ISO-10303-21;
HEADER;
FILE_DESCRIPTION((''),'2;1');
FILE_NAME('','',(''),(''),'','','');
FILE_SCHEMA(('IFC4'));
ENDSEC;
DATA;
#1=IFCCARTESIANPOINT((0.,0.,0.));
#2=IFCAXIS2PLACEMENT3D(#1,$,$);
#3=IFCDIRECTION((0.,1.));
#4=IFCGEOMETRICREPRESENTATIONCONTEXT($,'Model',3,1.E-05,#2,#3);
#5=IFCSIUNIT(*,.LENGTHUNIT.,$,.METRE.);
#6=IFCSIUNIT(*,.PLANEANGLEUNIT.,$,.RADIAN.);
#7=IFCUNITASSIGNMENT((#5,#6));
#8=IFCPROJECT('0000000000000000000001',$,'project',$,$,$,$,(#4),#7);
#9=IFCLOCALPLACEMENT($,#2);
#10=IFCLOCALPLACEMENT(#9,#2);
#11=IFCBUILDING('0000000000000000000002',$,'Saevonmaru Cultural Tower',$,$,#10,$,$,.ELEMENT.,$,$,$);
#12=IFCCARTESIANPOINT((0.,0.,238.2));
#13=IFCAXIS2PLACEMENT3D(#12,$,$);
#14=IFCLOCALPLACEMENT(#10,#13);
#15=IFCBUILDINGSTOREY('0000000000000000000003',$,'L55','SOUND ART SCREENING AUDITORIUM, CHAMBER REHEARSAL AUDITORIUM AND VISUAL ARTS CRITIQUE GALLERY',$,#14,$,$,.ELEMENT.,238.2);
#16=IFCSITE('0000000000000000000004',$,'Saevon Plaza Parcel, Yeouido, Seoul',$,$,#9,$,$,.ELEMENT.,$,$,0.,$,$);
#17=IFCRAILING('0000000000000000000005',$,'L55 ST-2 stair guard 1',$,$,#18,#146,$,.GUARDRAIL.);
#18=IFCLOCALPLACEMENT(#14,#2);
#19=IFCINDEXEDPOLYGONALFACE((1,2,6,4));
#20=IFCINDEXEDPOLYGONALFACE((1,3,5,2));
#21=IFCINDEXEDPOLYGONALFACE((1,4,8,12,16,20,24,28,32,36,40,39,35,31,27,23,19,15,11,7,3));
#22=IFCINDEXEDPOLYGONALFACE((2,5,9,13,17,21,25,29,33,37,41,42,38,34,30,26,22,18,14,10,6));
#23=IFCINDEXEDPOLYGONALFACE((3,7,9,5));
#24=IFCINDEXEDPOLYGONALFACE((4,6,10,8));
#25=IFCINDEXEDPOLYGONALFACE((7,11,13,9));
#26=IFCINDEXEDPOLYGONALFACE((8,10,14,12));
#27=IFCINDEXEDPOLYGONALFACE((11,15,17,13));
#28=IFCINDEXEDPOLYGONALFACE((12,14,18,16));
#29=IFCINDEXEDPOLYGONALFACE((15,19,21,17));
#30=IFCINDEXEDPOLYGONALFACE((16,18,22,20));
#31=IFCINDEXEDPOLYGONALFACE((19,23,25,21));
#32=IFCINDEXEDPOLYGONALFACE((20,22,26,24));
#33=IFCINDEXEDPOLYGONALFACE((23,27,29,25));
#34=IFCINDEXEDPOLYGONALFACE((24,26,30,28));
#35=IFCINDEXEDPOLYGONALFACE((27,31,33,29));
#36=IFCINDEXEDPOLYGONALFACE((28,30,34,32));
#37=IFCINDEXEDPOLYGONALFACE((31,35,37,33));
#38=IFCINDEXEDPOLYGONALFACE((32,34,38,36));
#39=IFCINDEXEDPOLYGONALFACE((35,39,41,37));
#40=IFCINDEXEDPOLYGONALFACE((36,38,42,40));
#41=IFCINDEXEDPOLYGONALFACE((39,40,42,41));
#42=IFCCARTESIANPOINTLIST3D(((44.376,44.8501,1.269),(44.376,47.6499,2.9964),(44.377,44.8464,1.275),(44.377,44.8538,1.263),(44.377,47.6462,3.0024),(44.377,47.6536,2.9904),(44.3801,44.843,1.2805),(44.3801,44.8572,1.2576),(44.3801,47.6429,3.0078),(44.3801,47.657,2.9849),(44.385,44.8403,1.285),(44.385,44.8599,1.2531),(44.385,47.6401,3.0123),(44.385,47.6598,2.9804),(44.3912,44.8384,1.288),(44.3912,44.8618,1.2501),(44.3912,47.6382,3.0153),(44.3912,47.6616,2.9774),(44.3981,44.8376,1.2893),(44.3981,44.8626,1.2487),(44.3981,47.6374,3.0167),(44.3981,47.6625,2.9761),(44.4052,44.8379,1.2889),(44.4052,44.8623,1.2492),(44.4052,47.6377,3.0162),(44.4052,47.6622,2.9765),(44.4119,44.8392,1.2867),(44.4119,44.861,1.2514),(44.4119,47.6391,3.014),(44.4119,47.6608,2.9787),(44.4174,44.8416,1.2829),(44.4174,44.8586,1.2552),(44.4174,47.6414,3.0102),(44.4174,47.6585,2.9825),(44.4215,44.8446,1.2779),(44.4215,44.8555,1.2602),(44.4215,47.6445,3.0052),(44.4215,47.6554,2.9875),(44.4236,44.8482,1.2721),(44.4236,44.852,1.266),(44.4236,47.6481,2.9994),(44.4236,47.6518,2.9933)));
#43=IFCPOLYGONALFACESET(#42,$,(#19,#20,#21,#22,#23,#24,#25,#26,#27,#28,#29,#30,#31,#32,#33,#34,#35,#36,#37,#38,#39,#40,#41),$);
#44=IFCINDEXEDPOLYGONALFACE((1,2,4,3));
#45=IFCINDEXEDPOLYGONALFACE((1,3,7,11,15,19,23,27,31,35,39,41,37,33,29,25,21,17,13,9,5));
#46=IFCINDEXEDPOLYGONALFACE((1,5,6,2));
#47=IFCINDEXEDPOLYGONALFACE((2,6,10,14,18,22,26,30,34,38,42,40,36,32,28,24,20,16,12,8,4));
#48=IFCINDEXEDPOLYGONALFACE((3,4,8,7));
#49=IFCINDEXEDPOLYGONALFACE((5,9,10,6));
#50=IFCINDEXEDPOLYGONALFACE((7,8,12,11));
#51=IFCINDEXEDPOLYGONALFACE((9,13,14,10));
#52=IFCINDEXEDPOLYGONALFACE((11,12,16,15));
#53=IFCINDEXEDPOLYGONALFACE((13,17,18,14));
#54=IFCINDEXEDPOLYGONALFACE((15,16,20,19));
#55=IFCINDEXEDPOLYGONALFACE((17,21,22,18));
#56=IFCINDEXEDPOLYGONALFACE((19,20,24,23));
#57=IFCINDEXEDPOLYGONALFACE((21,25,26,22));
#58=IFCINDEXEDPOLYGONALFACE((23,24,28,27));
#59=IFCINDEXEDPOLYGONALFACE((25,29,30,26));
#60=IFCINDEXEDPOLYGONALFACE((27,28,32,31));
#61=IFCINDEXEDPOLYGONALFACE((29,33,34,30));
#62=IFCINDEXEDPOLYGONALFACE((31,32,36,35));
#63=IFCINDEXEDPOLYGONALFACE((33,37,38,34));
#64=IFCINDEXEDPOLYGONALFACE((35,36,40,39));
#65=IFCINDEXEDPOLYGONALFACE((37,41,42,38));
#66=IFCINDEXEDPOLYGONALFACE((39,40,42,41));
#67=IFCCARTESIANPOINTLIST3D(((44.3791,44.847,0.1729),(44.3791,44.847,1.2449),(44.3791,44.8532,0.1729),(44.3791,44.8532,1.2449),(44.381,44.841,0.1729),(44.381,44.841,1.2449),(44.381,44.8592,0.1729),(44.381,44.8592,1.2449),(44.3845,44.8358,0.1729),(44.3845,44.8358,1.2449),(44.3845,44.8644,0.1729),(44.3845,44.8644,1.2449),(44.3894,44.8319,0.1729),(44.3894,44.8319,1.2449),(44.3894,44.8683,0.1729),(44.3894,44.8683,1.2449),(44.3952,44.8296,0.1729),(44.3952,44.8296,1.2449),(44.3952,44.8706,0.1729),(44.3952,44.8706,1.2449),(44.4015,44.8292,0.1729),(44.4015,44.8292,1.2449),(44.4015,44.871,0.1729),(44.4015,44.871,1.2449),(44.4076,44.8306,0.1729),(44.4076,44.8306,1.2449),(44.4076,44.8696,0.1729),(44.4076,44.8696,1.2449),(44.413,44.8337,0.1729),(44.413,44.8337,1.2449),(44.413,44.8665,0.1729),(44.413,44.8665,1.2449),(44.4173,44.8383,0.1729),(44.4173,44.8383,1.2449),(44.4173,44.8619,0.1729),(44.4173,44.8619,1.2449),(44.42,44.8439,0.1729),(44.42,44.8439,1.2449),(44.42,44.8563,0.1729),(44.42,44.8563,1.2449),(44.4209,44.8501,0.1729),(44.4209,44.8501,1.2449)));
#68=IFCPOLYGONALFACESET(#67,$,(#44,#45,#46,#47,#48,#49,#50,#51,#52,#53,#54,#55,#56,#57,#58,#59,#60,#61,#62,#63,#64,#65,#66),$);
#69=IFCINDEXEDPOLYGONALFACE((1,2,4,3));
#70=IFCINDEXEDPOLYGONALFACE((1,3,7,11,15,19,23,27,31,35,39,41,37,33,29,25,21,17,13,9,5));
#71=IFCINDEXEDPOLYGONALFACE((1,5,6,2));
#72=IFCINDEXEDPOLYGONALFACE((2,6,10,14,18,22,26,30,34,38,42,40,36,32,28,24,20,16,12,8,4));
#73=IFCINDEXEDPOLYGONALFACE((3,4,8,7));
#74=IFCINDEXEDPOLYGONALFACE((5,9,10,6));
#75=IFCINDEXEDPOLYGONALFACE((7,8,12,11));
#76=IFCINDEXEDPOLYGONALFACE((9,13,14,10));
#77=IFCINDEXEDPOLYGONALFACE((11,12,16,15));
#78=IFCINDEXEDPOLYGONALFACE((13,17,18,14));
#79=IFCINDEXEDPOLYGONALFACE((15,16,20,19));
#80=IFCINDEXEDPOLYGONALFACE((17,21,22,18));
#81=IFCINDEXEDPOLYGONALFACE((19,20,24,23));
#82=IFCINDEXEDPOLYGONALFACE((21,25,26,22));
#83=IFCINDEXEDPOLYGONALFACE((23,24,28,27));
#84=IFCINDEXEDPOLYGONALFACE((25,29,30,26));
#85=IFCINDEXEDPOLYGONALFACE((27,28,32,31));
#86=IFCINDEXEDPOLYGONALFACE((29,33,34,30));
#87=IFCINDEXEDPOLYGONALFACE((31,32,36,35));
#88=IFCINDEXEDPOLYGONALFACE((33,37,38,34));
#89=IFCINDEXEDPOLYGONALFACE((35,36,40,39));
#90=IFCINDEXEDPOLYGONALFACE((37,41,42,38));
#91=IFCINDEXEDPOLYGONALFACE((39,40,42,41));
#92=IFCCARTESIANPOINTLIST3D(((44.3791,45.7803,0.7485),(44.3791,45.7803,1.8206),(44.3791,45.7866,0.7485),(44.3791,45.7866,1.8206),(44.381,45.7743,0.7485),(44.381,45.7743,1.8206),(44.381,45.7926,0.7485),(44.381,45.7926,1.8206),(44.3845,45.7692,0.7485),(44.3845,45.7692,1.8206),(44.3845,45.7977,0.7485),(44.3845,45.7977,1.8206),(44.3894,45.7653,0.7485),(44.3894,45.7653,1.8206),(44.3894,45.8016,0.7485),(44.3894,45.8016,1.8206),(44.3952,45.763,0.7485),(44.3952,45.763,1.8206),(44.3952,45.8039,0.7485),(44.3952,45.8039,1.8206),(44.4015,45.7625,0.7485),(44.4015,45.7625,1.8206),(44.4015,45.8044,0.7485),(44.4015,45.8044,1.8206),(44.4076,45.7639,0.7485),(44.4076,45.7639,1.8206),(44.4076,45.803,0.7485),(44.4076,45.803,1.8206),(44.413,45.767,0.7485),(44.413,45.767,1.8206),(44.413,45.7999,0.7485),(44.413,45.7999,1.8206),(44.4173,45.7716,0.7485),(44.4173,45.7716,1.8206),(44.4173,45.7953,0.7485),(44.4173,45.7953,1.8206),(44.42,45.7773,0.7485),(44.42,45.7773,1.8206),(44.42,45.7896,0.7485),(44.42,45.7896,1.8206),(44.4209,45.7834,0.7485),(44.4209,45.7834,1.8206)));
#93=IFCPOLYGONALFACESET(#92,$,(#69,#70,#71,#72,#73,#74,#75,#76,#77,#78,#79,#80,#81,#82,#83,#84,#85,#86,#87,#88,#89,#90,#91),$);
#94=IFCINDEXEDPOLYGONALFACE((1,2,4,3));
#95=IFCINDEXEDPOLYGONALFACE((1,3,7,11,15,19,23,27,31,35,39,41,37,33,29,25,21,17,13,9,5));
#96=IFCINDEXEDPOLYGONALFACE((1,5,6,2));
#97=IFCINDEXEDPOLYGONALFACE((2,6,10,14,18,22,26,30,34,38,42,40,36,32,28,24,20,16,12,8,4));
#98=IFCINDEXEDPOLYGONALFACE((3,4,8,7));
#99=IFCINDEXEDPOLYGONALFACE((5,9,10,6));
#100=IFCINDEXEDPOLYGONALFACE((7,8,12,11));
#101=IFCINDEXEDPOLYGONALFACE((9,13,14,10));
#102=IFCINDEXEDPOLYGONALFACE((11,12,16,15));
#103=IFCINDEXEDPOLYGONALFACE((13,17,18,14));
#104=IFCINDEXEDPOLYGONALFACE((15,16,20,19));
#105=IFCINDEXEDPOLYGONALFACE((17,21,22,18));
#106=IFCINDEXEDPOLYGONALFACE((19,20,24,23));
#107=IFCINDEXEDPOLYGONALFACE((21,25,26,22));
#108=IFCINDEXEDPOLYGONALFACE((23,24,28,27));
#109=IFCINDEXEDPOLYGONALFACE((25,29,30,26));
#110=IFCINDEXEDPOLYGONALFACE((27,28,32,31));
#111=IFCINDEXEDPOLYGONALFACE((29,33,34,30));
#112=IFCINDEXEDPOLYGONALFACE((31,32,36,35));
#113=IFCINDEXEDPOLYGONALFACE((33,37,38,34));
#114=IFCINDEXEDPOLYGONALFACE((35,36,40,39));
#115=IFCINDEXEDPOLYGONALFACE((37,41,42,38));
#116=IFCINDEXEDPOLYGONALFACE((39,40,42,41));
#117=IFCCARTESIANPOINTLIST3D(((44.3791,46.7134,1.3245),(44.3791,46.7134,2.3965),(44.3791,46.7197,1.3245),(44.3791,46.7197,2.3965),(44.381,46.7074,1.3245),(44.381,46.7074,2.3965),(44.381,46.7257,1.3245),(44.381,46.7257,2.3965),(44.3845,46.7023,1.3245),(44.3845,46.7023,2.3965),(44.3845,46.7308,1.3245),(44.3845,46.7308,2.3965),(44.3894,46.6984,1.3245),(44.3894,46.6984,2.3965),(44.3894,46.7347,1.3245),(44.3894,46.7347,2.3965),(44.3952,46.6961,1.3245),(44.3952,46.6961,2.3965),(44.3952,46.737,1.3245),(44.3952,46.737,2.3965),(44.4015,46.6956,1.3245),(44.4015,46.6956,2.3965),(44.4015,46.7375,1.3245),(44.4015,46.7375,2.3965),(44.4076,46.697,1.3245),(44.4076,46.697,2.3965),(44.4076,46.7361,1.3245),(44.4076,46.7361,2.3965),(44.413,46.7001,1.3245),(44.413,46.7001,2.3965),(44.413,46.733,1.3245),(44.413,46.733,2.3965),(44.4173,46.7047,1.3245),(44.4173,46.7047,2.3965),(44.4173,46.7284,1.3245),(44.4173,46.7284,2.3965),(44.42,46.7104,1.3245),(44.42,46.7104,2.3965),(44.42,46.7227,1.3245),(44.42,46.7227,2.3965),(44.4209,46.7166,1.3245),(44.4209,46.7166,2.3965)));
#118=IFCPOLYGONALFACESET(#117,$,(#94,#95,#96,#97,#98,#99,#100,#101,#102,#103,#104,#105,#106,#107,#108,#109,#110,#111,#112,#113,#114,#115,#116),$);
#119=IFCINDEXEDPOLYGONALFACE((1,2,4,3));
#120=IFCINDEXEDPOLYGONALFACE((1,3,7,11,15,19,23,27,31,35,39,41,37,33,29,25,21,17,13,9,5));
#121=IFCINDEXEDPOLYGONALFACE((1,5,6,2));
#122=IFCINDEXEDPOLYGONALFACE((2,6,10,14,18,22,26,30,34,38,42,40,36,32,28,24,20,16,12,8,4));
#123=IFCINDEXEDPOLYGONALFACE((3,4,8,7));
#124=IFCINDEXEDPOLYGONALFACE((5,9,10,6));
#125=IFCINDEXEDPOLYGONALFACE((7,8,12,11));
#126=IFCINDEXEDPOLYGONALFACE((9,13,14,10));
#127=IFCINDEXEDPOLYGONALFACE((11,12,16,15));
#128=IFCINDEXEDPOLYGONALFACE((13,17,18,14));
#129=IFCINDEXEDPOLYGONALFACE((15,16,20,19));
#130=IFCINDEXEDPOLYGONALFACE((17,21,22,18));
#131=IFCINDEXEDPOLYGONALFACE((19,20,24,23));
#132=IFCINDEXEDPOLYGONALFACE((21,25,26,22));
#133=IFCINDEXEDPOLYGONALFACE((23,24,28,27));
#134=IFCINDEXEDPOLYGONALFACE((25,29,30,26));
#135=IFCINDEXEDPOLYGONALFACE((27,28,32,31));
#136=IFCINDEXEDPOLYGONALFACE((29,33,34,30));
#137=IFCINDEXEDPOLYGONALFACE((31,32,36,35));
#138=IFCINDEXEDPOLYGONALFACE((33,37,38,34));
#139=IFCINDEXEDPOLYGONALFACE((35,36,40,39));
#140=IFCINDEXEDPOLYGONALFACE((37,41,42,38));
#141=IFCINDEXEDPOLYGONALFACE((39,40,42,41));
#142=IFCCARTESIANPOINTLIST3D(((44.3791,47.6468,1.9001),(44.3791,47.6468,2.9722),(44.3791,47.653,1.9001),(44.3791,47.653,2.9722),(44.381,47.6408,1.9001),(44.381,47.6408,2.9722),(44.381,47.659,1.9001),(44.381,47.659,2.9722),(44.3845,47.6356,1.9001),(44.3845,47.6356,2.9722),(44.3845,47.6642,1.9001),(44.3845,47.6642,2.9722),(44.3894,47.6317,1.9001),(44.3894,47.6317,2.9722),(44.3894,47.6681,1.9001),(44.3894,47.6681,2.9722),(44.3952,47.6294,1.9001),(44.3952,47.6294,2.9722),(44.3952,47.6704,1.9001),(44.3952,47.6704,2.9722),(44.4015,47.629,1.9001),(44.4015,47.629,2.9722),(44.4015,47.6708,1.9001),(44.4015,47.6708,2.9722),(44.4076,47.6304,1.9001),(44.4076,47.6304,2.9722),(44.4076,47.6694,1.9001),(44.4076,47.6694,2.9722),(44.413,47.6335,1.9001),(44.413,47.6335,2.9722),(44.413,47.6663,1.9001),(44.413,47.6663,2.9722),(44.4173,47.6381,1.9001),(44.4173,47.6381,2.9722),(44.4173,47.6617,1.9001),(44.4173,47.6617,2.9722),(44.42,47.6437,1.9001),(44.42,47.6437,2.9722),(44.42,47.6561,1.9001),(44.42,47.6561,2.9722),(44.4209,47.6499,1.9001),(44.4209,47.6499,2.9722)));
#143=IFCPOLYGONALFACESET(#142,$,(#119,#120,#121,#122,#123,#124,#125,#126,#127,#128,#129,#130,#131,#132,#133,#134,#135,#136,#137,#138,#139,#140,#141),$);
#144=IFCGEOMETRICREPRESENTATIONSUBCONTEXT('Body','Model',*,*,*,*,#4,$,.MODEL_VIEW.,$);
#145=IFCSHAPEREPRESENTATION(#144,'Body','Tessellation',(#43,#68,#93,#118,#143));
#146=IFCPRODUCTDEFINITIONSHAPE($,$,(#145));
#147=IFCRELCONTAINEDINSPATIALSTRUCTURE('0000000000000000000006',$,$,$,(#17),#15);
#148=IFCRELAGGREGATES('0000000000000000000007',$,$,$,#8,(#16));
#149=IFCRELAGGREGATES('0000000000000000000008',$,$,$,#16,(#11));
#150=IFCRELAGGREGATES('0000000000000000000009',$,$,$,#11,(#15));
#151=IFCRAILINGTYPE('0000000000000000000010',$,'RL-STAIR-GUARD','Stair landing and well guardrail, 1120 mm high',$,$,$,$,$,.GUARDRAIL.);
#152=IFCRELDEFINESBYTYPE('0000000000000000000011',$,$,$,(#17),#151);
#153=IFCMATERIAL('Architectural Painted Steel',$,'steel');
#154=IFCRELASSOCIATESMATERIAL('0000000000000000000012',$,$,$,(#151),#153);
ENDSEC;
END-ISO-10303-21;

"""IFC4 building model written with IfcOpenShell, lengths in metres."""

from ifc_helpers import new_model, si_unit, direction, frame, origin, origin_2d, place, context, subcontext, project, spatial, circle, extrude, material, type_object, element, save


model = new_model("IFC4")

# Units and contexts
model_context = context("Model", 3, precision=1e-05, world=origin(), true_north=direction((0.0, 1.0)))
body_context = subcontext(model_context, "Body", "Model", "MODEL_VIEW")
ifc_project = project(units=[si_unit("LENGTHUNIT", "METRE"), si_unit("PLANEANGLEUNIT", "RADIAN")], contexts=[model_context])

# Site, building, storey
site_placement = place(None, origin())
site = spatial("IfcSite", under=ifc_project, at=site_placement, Name="Saevon Plaza Parcel, Yeouido, Seoul", CompositionType="ELEMENT", RefElevation=0.0)
building_placement = place(site_placement, origin())
building = spatial("IfcBuilding", under=site, at=building_placement, Name="Saevonmaru Cultural Tower", CompositionType="ELEMENT")
storey_placement = place(building_placement, frame((0.0, 0.0, 238.2)))
storey = spatial("IfcBuildingStorey", under=building, at=storey_placement, Name="L55", Description="SOUND ART SCREENING AUDITORIUM, CHAMBER REHEARSAL AUDITORIUM AND VISUAL ARTS CRITIQUE GALLERY", CompositionType="ELEMENT", Elevation=238.2)

# Railing
ifc_material_1 = material(Name="Architectural Painted Steel", Category="steel")
railing_type_1 = type_object("IfcRailingType", Name="RL-STAIR-GUARD", Description="Stair landing and well guardrail, 1120 mm high", PredefinedType="GUARDRAIL", material=ifc_material_1)
railing_1_placement = place(storey_placement, frame((44.3999, 44.8501, 0.1729)))
element("IfcRailing", 1, at=railing_1_placement, inside=storey, type_object=railing_type_1, Name="L55 ST-2 stair guard 1", PredefinedType="GUARDRAIL", context=body_context, shape_type="SweptSolid", body=[
    extrude(circle(Radius=0.0239, at=origin_2d()), frame((0.0, 0.0, 1.0962), z_axis=(0.0, 0.851069, 0.525054), x_axis=(-1.0, 0.0, 0.0)), (0.0, 0.0, 1.0), 3.2898),
    extrude(circle(Radius=0.021, at=origin_2d()), origin(), (0.0, 0.0, 1.0), 1.072),
    extrude(circle(Radius=0.021, at=origin_2d()), frame((0.0, 0.9333, 0.5757)), (0.0, 0.0, 1.0), 1.072),
    extrude(circle(Radius=0.021, at=origin_2d()), frame((0.0, 1.8665, 1.1516)), (0.0, 0.0, 1.0), 1.072),
    extrude(circle(Radius=0.021, at=origin_2d()), frame((0.0, 2.7998, 1.7273)), (0.0, 0.0, 1.0), 1.072),
])

save(model, "model.ifc")
